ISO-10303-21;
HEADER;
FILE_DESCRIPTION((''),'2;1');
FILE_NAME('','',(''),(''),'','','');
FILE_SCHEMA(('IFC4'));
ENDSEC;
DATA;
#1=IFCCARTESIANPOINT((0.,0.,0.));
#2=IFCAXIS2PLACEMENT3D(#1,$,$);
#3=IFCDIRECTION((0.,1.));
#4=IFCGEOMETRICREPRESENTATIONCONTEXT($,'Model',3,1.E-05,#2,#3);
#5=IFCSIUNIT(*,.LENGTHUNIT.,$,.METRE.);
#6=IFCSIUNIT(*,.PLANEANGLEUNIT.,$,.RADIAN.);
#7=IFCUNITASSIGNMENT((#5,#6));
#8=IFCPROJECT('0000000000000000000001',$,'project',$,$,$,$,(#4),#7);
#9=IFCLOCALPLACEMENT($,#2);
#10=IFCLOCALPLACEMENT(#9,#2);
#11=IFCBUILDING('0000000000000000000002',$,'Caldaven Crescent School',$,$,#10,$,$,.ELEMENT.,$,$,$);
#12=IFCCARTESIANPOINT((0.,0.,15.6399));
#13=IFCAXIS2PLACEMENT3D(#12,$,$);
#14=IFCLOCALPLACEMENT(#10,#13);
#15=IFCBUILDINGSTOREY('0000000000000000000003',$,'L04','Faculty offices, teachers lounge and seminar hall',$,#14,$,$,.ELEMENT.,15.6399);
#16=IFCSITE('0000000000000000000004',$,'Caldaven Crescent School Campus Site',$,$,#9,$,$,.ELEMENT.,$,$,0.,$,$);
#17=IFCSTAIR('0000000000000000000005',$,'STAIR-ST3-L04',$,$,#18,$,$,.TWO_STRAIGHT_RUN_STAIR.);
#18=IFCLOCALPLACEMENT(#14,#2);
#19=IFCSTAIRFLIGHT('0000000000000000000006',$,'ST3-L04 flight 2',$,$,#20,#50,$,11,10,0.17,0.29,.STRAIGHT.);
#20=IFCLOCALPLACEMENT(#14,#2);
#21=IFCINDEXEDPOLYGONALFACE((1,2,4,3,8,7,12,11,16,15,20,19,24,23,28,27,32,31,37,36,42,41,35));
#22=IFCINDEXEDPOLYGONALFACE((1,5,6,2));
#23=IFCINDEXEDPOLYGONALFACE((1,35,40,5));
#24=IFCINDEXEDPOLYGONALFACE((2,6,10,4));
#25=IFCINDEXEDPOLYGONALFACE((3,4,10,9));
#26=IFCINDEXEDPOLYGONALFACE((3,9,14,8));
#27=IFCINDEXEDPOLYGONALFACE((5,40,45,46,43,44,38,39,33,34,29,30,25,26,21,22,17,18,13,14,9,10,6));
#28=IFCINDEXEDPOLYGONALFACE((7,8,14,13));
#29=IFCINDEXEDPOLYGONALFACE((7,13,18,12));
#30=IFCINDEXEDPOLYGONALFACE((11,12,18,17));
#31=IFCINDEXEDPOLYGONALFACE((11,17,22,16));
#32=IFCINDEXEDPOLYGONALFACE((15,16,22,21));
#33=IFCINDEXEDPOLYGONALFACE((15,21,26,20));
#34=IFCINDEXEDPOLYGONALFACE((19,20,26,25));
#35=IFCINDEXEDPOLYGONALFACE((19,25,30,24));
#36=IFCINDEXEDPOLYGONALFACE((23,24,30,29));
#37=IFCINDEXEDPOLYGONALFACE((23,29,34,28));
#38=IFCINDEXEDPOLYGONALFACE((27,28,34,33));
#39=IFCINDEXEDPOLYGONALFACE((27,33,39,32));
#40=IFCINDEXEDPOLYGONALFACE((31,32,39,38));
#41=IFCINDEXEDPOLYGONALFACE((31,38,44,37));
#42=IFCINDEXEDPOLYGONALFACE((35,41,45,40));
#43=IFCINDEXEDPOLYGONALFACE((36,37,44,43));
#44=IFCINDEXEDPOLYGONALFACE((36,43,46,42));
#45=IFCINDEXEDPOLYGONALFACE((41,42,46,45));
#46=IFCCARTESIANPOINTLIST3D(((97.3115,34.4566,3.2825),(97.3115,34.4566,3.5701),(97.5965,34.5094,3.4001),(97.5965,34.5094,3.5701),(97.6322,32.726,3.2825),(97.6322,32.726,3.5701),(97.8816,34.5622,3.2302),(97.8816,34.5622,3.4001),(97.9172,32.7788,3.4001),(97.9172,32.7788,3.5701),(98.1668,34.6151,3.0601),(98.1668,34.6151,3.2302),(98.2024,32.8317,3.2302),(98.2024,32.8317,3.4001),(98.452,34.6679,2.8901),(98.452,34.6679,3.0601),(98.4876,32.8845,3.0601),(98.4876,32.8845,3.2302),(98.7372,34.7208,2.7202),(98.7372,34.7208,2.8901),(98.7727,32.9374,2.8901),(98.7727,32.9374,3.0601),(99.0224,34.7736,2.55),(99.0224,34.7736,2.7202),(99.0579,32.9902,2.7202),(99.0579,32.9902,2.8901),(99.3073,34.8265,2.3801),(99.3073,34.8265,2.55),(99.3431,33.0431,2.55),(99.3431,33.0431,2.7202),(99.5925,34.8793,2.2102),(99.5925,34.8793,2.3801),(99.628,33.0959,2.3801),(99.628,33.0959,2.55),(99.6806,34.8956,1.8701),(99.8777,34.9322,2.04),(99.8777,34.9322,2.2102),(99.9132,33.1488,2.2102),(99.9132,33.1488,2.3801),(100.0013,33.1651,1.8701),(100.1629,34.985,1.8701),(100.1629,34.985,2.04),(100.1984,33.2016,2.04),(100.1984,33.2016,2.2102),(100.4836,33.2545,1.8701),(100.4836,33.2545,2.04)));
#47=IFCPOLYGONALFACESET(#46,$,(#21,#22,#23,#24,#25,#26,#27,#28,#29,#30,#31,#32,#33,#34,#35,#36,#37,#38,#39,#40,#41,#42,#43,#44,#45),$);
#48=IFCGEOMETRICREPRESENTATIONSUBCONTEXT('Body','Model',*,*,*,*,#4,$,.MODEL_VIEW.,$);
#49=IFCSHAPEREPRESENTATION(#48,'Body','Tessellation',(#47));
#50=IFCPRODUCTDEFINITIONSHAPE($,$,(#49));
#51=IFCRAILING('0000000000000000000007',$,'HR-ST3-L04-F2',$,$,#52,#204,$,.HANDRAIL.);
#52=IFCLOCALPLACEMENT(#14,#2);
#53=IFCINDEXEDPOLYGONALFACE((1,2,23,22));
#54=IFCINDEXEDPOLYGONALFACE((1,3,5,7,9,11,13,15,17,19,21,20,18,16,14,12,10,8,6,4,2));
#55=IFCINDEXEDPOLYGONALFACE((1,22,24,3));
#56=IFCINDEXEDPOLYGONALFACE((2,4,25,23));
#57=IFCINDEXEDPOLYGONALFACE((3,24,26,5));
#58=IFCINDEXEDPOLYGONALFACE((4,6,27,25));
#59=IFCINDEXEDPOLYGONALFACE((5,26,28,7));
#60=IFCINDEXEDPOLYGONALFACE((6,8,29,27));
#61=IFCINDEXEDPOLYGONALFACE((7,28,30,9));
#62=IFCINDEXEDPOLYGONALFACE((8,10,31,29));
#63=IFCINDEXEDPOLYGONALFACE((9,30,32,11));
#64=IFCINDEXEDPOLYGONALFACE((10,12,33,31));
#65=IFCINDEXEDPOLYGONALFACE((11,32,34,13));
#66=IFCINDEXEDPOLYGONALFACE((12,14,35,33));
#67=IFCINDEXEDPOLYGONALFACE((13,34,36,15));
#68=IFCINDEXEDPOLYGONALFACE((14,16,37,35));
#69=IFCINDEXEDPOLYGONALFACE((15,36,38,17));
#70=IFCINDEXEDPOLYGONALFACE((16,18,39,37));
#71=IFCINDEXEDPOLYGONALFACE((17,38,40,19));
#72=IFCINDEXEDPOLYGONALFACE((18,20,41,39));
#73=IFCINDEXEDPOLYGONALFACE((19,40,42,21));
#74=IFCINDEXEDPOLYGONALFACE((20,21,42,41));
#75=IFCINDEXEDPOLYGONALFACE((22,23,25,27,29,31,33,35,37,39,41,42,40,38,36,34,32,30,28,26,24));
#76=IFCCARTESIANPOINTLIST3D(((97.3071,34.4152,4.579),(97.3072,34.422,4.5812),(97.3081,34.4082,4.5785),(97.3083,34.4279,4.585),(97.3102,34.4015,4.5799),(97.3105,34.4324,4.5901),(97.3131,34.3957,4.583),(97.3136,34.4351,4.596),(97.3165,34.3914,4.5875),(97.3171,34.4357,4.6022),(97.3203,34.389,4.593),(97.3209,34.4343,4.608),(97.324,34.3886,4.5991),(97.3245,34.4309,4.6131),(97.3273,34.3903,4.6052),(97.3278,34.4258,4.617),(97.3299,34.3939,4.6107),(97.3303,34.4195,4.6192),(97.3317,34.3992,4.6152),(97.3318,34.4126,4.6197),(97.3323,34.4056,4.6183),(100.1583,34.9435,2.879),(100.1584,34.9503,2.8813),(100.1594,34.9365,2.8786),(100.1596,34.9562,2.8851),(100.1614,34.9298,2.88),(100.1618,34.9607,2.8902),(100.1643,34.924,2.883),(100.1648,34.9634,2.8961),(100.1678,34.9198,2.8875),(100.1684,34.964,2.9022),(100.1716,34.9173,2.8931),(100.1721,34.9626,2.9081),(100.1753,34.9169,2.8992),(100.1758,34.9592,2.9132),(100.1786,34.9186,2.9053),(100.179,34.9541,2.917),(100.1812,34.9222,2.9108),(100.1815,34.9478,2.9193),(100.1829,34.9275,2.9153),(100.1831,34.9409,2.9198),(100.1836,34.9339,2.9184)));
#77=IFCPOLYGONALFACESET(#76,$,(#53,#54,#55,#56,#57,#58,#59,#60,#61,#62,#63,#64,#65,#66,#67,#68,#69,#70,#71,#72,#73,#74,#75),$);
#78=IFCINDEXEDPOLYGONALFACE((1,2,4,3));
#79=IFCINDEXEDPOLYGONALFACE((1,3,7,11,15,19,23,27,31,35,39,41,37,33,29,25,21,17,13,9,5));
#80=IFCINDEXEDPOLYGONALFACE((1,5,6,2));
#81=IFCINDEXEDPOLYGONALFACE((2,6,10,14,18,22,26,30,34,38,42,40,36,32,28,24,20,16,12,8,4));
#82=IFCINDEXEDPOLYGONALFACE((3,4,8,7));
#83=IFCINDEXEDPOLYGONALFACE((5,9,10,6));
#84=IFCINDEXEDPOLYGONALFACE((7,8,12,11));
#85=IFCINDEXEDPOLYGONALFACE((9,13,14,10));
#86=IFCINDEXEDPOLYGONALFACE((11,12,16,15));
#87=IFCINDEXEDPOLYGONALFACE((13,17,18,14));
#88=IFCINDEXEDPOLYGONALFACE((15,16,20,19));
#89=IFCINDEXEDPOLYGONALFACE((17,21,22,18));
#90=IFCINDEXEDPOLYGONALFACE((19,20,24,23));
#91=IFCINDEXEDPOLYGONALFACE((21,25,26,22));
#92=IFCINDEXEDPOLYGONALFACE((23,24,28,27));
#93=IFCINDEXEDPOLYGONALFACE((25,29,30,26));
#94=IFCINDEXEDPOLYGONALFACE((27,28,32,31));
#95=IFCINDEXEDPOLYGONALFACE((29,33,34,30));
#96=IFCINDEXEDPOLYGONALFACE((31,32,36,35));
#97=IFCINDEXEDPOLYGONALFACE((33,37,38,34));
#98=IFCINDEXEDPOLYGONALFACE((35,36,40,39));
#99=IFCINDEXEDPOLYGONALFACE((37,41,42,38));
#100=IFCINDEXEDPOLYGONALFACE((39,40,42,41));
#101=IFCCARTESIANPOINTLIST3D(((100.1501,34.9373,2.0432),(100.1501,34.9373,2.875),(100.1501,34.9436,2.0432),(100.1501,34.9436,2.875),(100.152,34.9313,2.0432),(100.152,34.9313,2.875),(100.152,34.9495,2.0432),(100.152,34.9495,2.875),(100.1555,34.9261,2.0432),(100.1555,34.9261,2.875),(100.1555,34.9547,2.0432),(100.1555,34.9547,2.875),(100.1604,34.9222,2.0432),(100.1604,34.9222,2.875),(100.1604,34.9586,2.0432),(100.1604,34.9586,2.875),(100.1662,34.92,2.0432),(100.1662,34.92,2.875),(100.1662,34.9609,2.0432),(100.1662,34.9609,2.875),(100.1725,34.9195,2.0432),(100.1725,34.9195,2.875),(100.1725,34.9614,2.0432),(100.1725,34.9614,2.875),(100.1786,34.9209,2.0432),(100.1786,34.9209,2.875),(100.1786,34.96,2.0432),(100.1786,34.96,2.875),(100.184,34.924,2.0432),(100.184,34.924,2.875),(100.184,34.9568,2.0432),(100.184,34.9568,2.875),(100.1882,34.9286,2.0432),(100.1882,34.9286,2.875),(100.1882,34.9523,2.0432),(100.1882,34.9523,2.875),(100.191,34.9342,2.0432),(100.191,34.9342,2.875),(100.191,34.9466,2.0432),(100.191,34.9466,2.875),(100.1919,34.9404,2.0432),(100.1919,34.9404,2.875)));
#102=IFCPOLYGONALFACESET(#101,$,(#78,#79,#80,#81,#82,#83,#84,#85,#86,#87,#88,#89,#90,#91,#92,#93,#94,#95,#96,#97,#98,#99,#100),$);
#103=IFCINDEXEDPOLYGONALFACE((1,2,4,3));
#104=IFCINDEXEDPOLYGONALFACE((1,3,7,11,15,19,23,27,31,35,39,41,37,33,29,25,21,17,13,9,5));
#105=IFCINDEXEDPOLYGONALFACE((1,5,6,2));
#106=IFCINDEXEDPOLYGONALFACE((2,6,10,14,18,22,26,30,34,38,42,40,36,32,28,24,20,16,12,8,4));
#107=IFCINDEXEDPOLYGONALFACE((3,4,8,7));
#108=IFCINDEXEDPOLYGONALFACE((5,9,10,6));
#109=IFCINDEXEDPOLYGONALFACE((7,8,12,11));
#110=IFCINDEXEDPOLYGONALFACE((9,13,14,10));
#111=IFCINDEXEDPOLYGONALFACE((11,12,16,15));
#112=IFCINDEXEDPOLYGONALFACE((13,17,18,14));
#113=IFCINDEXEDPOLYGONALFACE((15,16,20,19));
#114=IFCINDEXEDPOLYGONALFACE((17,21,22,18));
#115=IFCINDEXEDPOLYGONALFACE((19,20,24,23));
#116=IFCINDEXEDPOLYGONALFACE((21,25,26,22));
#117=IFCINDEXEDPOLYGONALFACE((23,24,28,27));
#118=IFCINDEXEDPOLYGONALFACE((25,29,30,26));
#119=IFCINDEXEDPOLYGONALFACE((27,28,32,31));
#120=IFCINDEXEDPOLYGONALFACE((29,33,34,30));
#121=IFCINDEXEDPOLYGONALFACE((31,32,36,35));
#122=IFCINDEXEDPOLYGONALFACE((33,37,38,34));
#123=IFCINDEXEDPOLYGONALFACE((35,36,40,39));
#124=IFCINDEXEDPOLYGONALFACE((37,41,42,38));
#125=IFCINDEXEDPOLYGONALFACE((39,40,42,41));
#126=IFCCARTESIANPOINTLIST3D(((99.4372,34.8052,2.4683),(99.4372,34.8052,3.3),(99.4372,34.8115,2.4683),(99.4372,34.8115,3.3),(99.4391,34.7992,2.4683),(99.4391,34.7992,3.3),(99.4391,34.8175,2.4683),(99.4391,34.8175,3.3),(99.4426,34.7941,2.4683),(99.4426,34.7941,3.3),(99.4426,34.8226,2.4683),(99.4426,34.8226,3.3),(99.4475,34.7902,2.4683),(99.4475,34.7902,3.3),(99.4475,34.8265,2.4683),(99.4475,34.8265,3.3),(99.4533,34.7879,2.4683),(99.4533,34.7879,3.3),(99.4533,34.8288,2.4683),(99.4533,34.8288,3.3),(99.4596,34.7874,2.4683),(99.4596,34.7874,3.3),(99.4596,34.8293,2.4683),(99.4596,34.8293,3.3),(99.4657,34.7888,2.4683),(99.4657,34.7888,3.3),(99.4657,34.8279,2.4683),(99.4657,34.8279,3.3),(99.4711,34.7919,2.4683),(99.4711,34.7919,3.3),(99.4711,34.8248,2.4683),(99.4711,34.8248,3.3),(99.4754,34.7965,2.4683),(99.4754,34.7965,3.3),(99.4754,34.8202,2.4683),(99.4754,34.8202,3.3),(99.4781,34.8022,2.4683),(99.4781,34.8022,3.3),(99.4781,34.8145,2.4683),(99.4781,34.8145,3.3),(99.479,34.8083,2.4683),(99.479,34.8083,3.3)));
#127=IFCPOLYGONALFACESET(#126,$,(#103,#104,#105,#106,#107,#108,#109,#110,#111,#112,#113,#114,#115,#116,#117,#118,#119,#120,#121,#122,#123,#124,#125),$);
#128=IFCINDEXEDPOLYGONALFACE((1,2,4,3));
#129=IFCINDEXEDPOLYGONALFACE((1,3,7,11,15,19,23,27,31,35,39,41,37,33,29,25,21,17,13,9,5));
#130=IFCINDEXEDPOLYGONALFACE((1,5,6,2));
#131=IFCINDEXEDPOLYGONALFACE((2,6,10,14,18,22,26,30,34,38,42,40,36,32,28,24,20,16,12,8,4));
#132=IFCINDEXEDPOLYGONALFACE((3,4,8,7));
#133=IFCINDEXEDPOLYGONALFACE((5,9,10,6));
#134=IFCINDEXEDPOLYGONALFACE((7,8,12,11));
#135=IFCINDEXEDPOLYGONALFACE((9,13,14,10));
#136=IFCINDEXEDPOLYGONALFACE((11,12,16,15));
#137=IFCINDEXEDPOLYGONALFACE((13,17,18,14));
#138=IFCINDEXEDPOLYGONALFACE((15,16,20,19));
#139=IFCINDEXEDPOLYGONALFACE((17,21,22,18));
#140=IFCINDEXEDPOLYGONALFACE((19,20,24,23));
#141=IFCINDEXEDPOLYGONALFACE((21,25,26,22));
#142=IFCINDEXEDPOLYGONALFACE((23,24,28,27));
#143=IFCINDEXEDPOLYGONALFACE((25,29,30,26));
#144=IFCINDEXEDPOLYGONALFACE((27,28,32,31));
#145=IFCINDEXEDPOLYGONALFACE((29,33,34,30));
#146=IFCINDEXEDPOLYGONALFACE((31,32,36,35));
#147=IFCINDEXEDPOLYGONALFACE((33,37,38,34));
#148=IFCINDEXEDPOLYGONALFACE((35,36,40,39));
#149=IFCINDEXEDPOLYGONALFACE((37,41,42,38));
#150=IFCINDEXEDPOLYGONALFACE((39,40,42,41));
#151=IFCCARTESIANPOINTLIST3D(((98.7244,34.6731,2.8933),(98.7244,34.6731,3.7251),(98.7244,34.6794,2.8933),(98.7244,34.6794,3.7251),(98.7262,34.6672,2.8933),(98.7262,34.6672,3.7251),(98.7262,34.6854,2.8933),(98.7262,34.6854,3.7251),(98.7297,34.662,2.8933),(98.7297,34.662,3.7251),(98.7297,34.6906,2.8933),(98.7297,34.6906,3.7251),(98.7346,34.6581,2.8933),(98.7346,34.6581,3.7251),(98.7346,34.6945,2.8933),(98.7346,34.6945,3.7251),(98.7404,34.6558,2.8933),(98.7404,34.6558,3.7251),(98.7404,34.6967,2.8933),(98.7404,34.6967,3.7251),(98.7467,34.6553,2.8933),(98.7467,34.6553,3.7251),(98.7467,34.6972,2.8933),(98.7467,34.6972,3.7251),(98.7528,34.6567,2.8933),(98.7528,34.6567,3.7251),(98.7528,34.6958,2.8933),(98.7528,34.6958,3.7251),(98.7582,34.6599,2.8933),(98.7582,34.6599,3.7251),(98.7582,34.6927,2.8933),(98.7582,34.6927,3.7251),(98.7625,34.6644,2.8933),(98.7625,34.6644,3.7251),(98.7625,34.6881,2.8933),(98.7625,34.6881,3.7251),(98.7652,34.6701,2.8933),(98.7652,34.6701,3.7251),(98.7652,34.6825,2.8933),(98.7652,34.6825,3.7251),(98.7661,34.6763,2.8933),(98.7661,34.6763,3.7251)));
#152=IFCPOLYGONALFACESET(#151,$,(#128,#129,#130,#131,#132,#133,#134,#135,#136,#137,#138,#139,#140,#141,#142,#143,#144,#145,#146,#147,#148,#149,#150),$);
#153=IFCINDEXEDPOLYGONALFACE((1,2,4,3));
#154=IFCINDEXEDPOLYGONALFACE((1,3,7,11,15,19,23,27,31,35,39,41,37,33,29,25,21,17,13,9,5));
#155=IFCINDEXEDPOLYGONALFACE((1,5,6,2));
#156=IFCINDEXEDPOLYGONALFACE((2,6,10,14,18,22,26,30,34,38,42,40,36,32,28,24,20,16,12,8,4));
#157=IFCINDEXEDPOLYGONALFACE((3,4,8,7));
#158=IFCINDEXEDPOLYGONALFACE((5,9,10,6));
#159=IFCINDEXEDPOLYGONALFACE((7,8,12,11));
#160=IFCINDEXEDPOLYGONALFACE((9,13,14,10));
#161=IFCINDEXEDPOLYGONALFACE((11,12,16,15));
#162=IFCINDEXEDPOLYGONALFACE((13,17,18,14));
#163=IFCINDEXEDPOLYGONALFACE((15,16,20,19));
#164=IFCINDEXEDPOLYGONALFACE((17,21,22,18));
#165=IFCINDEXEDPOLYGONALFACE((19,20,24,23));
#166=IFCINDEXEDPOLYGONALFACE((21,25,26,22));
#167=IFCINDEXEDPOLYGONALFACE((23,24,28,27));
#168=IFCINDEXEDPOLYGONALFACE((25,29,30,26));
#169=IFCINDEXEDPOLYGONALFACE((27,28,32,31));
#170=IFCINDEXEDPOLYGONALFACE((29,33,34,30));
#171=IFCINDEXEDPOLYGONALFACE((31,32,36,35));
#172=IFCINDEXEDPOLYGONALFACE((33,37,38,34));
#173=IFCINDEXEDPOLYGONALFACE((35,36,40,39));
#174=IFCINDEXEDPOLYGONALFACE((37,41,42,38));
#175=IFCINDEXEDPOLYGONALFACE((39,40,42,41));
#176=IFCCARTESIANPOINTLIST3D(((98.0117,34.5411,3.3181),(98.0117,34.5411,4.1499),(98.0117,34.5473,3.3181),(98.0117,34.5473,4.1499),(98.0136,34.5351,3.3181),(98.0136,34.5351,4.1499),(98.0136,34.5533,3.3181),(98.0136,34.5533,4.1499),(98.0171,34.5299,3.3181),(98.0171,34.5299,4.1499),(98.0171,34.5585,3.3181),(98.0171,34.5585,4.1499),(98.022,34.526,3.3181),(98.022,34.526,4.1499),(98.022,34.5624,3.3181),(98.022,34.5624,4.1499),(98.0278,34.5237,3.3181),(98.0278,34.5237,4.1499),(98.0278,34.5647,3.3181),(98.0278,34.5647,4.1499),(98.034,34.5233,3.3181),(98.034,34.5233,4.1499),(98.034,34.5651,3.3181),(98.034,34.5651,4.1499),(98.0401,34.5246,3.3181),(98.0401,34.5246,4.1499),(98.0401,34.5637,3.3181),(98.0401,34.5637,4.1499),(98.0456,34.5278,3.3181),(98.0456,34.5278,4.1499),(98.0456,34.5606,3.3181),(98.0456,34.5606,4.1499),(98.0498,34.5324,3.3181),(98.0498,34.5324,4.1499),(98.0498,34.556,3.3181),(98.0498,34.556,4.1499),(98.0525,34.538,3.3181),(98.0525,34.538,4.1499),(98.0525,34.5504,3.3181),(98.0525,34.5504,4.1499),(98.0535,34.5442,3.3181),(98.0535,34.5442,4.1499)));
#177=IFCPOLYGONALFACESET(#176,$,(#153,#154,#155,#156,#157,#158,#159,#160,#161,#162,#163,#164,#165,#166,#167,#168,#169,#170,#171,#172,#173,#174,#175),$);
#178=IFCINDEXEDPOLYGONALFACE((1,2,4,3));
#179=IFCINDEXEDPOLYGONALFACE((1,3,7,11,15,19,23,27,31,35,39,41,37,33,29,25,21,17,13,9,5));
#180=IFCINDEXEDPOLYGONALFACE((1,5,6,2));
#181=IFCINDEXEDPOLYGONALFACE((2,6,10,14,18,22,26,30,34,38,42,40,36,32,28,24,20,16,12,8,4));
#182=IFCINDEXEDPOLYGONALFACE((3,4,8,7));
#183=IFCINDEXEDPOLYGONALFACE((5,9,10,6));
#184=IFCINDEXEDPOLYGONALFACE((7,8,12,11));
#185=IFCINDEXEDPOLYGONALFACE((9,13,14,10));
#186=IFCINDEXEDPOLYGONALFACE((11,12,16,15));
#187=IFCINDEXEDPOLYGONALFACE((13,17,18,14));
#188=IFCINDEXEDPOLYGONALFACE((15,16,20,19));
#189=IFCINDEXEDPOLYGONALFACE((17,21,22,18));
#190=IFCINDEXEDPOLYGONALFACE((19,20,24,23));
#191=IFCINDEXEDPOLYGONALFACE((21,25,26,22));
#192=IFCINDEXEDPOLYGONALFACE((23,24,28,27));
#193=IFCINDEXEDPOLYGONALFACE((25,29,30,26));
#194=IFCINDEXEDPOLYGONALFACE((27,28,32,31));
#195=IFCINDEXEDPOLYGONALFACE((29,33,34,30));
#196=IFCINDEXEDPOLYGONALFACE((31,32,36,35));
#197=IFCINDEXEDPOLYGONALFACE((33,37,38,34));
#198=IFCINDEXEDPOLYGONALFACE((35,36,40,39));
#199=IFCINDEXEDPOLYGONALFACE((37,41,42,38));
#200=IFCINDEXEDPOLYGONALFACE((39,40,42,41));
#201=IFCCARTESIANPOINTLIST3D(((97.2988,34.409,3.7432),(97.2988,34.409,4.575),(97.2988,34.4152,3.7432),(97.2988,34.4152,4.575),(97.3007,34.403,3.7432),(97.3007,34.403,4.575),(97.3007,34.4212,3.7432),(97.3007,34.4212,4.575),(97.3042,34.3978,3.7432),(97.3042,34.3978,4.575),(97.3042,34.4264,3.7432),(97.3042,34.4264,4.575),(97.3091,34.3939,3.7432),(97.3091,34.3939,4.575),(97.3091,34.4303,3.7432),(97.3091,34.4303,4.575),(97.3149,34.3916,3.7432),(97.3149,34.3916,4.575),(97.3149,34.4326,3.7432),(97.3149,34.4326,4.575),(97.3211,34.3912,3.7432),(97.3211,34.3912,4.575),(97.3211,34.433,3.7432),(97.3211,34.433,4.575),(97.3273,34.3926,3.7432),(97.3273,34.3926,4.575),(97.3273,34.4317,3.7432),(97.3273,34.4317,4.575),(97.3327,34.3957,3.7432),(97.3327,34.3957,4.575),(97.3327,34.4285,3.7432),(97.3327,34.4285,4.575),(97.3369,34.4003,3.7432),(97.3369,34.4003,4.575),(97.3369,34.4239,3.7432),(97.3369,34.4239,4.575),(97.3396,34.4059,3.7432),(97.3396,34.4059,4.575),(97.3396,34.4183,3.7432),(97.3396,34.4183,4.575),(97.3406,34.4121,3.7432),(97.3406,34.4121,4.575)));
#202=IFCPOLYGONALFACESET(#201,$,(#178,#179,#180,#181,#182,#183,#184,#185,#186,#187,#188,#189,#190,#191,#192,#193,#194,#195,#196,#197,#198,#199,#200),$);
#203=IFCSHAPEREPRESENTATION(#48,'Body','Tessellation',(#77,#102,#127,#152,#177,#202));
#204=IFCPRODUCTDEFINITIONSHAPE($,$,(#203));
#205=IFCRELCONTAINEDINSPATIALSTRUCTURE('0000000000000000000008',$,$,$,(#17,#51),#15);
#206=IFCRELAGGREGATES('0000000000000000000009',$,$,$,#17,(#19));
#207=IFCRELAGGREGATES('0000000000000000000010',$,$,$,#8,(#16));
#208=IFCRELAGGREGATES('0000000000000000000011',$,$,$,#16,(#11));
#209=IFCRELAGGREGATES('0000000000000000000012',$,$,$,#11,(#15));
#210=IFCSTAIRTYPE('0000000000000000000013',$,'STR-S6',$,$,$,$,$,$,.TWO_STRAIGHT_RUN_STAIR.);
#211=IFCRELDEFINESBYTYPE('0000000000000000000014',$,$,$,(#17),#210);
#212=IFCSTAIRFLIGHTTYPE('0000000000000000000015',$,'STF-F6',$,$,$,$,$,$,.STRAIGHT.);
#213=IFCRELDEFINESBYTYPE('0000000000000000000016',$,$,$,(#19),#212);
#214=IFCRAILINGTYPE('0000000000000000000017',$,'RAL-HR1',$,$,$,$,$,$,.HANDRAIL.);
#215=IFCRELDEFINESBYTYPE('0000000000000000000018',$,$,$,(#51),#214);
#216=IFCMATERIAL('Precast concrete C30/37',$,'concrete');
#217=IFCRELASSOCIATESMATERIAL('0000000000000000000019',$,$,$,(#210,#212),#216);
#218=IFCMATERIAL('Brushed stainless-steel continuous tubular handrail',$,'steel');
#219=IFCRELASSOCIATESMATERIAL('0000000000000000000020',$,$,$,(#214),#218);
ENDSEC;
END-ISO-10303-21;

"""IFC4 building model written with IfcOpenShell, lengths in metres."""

from ifc_helpers import new_model, si_unit, direction, frame, origin, origin_2d, place, context, subcontext, project, spatial, polyline, circle, outline, extrude, material, type_object, element, aggregate, save


model = new_model("IFC4")

# Units and contexts
model_context = context("Model", 3, precision=1e-05, world=origin(), true_north=direction((0.0, 1.0)))
body_context = subcontext(model_context, "Body", "Model", "MODEL_VIEW")
ifc_project = project(units=[si_unit("LENGTHUNIT", "METRE"), si_unit("PLANEANGLEUNIT", "RADIAN")], contexts=[model_context])

# Site, building, storey
site_placement = place(None, origin())
site = spatial("IfcSite", under=ifc_project, at=site_placement, Name="Caldaven Crescent School Campus Site", CompositionType="ELEMENT", RefElevation=0.0)
building_placement = place(site_placement, origin())
building = spatial("IfcBuilding", under=site, at=building_placement, Name="Caldaven Crescent School", CompositionType="ELEMENT")
storey_placement = place(building_placement, frame((0.0, 0.0, 15.6399)))
storey = spatial("IfcBuildingStorey", under=building, at=storey_placement, Name="L04", Description="Faculty offices, teachers lounge and seminar hall", CompositionType="ELEMENT", Elevation=15.6399)

# Stair, stair flight
ifc_material_1 = material(Name="Precast concrete C30/37", Category="concrete")
stair_type = type_object("IfcStairType", Name="STR-S6", PredefinedType="TWO_STRAIGHT_RUN_STAIR", material=ifc_material_1)
stair_placement = place(storey_placement, origin())
stair = element("IfcStair", 1, at=stair_placement, inside=storey, type_object=stair_type, Name="STAIR-ST3-L04", PredefinedType="TWO_STRAIGHT_RUN_STAIR")
stair_flight_type = type_object("IfcStairFlightType", Name="STF-F6", PredefinedType="STRAIGHT", material=ifc_material_1)
stair_flight_1_placement = place(storey_placement, frame((100.3232, 34.1196, 1.8701), z_axis=(0.0, 0.0, 1.0), x_axis=(-0.983255, -0.182236, 0.0)))
stair_flight_1 = element("IfcStairFlight", 2, at=stair_flight_1_placement, type_object=stair_flight_type, Name="ST3-L04 flight 2", NumberOfRisers=11, NumberOfTreads=10, PredefinedType="STRAIGHT", RiserHeight=0.17, TreadLength=0.29, context=body_context, shape_type="SweptSolid", body=[
    extrude(outline(polyline([(0.0, 0.0), (0.0, 0.1699), (0.29, 0.1699), (0.29, 0.3401), (0.5801, 0.3401), (0.5801, 0.51), (0.8701, 0.51), (0.8701, 0.6799), (1.1599, 0.6799), (1.1599, 0.8501), (1.45, 0.8501), (1.45, 1.02), (1.74, 1.02), (1.74, 1.1899), (2.03, 1.1899), (2.03, 1.3601), (2.3201, 1.3601), (2.3201, 1.53), (2.6101, 1.53), (2.6101, 1.7), (2.8999, 1.7), (2.8999, 1.8701), (2.8999, 1.4124), (0.4905, 0.0), (0.0, 0.0)])), frame((0.0, 0.8799, 0.0), z_axis=(0.0, -1.0, 0.0), x_axis=(1.0, 0.0, 0.0)), (0.0, 0.0, 1.0), 1.76),
])
aggregate(stair, [stair_flight_1])

# Railing
ifc_material_2 = material(Name="Brushed stainless-steel continuous tubular handrail", Category="steel")
railing_type_1 = type_object("IfcRailingType", Name="RAL-HR1", PredefinedType="HANDRAIL", material=ifc_material_2)
railing_1_placement = place(storey_placement, frame((100.1709, 34.9404, 2.0432)))
element("IfcRailing", 3, at=railing_1_placement, inside=storey, type_object=railing_type_1, Name="HR-ST3-L04-F2", PredefinedType="HANDRAIL", context=body_context, shape_type="SweptSolid", body=[
    extrude(circle(Radius=0.0239, at=origin_2d()), frame((0.0, 0.0, 0.856), z_axis=(-0.848255, -0.157173, 0.505728), x_axis=(0.182189, -0.983264, 0.0)), (0.0, 0.0, 1.0), 3.3613),
    extrude(circle(Radius=0.021, at=origin_2d()), origin(), (0.0, 0.0, 1.0), 0.8318),
    extrude(circle(Radius=0.021, at=origin_2d()), frame((-0.7129, -0.1321, 0.425)), (0.0, 0.0, 1.0), 0.8318),
    extrude(circle(Radius=0.021, at=origin_2d()), frame((-1.4258, -0.2642, 0.8501)), (0.0, 0.0, 1.0), 0.8318),
    extrude(circle(Radius=0.021, at=origin_2d()), frame((-2.1384, -0.3962, 1.2749)), (0.0, 0.0, 1.0), 0.8318),
    extrude(circle(Radius=0.021, at=origin_2d()), frame((-2.8513, -0.5283, 1.7)), (0.0, 0.0, 1.0), 0.8318),
])

save(model, "model.ifc")
